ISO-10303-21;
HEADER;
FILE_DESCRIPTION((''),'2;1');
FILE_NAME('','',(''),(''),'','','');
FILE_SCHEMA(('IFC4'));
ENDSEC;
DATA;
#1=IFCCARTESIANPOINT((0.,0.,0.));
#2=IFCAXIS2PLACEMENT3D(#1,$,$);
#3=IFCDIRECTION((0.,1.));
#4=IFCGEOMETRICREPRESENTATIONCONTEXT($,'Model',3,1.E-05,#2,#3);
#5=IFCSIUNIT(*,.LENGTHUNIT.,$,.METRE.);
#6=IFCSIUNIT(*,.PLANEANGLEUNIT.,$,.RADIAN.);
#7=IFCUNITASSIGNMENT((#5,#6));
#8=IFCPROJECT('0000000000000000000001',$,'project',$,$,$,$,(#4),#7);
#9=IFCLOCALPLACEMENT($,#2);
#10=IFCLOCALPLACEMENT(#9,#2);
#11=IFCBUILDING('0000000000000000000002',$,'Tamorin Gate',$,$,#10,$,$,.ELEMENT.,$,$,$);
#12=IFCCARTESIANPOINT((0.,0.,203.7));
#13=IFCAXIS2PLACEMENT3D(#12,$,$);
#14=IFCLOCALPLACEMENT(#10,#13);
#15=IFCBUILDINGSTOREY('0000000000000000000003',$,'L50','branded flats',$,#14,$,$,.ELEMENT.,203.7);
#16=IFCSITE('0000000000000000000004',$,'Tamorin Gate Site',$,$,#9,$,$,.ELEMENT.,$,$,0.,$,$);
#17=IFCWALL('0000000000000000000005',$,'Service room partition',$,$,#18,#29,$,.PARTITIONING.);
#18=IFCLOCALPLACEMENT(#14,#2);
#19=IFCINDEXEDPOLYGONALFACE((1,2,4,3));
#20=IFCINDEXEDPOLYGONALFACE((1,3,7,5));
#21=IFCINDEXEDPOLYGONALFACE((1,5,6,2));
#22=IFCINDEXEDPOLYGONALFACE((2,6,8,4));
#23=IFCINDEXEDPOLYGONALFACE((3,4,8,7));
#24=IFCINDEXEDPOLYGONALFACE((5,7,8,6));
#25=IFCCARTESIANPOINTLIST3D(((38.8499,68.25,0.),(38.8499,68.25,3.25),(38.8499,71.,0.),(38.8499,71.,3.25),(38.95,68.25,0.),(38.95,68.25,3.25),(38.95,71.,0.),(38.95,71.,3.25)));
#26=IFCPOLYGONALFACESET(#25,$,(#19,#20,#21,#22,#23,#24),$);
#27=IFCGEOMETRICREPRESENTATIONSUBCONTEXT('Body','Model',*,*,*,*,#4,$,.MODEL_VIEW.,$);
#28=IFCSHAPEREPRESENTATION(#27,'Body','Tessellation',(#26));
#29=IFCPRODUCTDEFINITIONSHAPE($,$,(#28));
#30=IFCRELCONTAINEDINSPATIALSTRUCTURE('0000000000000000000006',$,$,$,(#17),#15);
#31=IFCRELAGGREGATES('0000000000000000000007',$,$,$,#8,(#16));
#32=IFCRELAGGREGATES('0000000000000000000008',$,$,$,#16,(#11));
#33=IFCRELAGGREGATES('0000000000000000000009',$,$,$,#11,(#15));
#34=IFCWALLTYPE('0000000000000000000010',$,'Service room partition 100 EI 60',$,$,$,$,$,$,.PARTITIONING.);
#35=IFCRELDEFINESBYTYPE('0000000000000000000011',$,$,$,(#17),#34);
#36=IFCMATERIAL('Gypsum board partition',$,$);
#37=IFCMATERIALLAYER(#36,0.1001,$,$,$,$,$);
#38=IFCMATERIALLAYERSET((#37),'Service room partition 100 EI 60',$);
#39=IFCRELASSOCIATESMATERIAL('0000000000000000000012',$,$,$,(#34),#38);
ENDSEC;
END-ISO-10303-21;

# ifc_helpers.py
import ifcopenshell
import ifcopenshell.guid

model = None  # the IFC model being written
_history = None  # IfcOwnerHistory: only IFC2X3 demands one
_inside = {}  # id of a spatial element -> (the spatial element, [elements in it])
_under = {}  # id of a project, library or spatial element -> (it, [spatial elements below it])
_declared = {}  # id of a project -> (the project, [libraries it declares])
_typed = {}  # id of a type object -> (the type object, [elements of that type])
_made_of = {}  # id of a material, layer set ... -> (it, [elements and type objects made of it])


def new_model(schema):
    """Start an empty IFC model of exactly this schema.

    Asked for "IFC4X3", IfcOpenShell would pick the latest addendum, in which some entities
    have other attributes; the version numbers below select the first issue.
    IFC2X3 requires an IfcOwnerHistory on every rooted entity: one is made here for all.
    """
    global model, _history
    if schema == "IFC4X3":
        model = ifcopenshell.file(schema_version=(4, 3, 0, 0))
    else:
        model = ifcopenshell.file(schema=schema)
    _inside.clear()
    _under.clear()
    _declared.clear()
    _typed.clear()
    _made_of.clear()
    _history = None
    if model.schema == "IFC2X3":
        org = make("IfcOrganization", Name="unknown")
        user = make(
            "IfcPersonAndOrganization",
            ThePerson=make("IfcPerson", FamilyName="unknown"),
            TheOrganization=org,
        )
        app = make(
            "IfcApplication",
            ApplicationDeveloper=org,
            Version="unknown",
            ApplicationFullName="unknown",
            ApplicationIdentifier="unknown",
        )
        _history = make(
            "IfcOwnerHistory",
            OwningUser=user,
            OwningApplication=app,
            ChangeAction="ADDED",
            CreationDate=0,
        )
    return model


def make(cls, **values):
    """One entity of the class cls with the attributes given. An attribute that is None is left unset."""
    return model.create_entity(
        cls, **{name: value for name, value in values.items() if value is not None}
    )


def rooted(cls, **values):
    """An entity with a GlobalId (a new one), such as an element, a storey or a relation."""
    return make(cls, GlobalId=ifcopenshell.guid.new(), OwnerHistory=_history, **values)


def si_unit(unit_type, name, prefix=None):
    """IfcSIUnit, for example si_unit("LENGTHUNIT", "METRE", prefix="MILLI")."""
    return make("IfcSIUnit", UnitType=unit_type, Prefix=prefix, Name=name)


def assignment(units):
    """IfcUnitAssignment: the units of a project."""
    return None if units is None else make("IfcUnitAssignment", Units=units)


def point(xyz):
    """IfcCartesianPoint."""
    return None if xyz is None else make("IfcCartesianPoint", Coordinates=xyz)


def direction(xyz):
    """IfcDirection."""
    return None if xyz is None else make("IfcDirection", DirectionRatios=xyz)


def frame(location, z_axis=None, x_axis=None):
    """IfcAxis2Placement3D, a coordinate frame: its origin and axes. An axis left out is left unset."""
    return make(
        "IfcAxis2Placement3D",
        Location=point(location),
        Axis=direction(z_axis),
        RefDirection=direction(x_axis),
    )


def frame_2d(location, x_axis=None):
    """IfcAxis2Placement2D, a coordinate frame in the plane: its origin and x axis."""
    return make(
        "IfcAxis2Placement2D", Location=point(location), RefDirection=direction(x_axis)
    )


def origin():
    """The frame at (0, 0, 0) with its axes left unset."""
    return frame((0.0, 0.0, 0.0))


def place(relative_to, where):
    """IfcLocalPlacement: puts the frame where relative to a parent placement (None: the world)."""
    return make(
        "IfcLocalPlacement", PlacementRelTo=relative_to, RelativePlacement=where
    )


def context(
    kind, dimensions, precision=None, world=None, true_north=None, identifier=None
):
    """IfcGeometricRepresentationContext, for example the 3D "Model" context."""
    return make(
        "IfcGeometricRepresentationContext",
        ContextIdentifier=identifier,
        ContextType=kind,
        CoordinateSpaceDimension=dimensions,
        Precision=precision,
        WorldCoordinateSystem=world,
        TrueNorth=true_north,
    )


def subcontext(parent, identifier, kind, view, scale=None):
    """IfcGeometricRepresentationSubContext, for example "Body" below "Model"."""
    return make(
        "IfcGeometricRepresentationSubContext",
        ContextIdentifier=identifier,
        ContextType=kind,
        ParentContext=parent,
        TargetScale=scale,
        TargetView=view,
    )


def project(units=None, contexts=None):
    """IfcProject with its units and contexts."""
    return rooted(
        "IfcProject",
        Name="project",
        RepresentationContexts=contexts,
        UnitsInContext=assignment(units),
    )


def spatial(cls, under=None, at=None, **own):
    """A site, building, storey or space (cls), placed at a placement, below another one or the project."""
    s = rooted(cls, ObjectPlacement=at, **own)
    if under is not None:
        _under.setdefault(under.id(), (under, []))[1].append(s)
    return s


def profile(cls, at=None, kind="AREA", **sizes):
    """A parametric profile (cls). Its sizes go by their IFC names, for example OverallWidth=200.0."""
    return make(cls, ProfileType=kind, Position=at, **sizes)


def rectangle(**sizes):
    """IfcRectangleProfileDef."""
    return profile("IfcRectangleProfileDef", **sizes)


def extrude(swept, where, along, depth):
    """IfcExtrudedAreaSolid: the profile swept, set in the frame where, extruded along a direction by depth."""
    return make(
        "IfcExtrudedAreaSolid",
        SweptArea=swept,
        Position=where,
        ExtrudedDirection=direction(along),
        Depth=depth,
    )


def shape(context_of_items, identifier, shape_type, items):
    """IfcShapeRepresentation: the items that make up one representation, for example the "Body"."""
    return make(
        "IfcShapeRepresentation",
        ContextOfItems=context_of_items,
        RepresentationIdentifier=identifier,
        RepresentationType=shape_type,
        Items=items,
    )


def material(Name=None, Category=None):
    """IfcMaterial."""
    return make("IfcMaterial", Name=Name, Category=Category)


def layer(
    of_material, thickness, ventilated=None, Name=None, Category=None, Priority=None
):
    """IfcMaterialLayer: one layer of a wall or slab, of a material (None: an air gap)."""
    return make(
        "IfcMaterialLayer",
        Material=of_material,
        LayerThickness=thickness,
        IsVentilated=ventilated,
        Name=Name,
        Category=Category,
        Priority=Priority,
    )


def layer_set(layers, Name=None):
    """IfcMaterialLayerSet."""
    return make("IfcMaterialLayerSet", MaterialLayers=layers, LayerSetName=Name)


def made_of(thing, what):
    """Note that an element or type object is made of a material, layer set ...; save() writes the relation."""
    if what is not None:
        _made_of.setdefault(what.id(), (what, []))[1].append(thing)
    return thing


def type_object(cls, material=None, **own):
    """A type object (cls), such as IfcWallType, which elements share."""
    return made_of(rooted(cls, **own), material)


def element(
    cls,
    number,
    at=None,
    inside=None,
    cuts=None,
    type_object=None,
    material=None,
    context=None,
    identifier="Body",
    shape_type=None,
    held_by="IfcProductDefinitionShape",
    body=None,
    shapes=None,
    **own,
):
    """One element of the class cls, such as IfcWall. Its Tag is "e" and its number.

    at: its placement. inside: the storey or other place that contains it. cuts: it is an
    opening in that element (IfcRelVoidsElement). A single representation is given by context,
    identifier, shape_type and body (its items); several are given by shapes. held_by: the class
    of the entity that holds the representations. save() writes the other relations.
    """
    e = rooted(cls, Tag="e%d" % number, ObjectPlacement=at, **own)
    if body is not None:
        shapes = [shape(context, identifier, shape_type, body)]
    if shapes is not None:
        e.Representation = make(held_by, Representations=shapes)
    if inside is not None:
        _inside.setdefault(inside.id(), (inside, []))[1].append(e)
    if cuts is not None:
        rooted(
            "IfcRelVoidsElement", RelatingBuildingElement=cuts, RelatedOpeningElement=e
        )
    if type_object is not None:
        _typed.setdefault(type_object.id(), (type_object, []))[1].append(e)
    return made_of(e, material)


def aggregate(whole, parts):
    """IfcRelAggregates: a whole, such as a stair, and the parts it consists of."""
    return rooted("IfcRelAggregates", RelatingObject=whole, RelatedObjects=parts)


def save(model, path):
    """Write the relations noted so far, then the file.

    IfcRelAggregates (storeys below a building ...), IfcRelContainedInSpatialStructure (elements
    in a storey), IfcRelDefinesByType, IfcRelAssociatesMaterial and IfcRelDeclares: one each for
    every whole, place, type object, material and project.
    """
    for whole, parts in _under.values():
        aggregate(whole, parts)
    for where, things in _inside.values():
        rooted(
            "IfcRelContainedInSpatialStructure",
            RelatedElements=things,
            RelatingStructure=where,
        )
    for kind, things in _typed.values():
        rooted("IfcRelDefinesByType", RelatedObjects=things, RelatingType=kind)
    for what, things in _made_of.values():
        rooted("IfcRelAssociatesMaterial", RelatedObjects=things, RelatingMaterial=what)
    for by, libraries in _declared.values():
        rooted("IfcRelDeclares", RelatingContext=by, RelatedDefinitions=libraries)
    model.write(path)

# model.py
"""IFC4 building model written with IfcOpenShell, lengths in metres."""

from ifc_helpers import new_model, si_unit, direction, frame, frame_2d, origin, place, context, subcontext, project, spatial, rectangle, extrude, material, layer, layer_set, type_object, element, save


model = new_model("IFC4")

# Units and contexts
model_context = context("Model", 3, precision=1e-05, world=origin(), true_north=direction((0.0, 1.0)))
body_context = subcontext(model_context, "Body", "Model", "MODEL_VIEW")
ifc_project = project(units=[si_unit("LENGTHUNIT", "METRE"), si_unit("PLANEANGLEUNIT", "RADIAN")], contexts=[model_context])

# Site, building, storey
site_placement = place(None, origin())
site = spatial("IfcSite", under=ifc_project, at=site_placement, Name="Tamorin Gate Site", CompositionType="ELEMENT", RefElevation=0.0)
building_placement = place(site_placement, origin())
building = spatial("IfcBuilding", under=site, at=building_placement, Name="Tamorin Gate", CompositionType="ELEMENT")
storey_placement = place(building_placement, frame((0.0, 0.0, 203.7)))
storey = spatial("IfcBuildingStorey", under=building, at=storey_placement, Name="L50", Description="branded flats", CompositionType="ELEMENT", Elevation=203.7)

# Shared definitions
ifc_material_1 = material(Name="Gypsum board partition")

# Wall
ifc_layer_1 = layer(ifc_material_1, 0.1001)
ifc_layer_set_1 = layer_set([ifc_layer_1], Name="Service room partition 100 EI 60")
wall_type_1 = type_object("IfcWallType", Name="Service room partition 100 EI 60", PredefinedType="PARTITIONING", material=ifc_layer_set_1)
wall_1_placement = place(storey_placement, frame((38.8999, 68.25, 0.0), z_axis=(0.0, 0.0, 1.0), x_axis=(0.0, 1.0, 0.0)))
element("IfcWall", 1, at=wall_1_placement, inside=storey, type_object=wall_type_1, Name="Service room partition", PredefinedType="PARTITIONING", context=body_context, shape_type="SweptSolid", body=[
    extrude(rectangle(XDim=2.75, YDim=0.1001, at=frame_2d((1.375, 0.0))), origin(), (0.0, 0.0, 1.0), 3.25),
])

save(model, "model.ifc")
